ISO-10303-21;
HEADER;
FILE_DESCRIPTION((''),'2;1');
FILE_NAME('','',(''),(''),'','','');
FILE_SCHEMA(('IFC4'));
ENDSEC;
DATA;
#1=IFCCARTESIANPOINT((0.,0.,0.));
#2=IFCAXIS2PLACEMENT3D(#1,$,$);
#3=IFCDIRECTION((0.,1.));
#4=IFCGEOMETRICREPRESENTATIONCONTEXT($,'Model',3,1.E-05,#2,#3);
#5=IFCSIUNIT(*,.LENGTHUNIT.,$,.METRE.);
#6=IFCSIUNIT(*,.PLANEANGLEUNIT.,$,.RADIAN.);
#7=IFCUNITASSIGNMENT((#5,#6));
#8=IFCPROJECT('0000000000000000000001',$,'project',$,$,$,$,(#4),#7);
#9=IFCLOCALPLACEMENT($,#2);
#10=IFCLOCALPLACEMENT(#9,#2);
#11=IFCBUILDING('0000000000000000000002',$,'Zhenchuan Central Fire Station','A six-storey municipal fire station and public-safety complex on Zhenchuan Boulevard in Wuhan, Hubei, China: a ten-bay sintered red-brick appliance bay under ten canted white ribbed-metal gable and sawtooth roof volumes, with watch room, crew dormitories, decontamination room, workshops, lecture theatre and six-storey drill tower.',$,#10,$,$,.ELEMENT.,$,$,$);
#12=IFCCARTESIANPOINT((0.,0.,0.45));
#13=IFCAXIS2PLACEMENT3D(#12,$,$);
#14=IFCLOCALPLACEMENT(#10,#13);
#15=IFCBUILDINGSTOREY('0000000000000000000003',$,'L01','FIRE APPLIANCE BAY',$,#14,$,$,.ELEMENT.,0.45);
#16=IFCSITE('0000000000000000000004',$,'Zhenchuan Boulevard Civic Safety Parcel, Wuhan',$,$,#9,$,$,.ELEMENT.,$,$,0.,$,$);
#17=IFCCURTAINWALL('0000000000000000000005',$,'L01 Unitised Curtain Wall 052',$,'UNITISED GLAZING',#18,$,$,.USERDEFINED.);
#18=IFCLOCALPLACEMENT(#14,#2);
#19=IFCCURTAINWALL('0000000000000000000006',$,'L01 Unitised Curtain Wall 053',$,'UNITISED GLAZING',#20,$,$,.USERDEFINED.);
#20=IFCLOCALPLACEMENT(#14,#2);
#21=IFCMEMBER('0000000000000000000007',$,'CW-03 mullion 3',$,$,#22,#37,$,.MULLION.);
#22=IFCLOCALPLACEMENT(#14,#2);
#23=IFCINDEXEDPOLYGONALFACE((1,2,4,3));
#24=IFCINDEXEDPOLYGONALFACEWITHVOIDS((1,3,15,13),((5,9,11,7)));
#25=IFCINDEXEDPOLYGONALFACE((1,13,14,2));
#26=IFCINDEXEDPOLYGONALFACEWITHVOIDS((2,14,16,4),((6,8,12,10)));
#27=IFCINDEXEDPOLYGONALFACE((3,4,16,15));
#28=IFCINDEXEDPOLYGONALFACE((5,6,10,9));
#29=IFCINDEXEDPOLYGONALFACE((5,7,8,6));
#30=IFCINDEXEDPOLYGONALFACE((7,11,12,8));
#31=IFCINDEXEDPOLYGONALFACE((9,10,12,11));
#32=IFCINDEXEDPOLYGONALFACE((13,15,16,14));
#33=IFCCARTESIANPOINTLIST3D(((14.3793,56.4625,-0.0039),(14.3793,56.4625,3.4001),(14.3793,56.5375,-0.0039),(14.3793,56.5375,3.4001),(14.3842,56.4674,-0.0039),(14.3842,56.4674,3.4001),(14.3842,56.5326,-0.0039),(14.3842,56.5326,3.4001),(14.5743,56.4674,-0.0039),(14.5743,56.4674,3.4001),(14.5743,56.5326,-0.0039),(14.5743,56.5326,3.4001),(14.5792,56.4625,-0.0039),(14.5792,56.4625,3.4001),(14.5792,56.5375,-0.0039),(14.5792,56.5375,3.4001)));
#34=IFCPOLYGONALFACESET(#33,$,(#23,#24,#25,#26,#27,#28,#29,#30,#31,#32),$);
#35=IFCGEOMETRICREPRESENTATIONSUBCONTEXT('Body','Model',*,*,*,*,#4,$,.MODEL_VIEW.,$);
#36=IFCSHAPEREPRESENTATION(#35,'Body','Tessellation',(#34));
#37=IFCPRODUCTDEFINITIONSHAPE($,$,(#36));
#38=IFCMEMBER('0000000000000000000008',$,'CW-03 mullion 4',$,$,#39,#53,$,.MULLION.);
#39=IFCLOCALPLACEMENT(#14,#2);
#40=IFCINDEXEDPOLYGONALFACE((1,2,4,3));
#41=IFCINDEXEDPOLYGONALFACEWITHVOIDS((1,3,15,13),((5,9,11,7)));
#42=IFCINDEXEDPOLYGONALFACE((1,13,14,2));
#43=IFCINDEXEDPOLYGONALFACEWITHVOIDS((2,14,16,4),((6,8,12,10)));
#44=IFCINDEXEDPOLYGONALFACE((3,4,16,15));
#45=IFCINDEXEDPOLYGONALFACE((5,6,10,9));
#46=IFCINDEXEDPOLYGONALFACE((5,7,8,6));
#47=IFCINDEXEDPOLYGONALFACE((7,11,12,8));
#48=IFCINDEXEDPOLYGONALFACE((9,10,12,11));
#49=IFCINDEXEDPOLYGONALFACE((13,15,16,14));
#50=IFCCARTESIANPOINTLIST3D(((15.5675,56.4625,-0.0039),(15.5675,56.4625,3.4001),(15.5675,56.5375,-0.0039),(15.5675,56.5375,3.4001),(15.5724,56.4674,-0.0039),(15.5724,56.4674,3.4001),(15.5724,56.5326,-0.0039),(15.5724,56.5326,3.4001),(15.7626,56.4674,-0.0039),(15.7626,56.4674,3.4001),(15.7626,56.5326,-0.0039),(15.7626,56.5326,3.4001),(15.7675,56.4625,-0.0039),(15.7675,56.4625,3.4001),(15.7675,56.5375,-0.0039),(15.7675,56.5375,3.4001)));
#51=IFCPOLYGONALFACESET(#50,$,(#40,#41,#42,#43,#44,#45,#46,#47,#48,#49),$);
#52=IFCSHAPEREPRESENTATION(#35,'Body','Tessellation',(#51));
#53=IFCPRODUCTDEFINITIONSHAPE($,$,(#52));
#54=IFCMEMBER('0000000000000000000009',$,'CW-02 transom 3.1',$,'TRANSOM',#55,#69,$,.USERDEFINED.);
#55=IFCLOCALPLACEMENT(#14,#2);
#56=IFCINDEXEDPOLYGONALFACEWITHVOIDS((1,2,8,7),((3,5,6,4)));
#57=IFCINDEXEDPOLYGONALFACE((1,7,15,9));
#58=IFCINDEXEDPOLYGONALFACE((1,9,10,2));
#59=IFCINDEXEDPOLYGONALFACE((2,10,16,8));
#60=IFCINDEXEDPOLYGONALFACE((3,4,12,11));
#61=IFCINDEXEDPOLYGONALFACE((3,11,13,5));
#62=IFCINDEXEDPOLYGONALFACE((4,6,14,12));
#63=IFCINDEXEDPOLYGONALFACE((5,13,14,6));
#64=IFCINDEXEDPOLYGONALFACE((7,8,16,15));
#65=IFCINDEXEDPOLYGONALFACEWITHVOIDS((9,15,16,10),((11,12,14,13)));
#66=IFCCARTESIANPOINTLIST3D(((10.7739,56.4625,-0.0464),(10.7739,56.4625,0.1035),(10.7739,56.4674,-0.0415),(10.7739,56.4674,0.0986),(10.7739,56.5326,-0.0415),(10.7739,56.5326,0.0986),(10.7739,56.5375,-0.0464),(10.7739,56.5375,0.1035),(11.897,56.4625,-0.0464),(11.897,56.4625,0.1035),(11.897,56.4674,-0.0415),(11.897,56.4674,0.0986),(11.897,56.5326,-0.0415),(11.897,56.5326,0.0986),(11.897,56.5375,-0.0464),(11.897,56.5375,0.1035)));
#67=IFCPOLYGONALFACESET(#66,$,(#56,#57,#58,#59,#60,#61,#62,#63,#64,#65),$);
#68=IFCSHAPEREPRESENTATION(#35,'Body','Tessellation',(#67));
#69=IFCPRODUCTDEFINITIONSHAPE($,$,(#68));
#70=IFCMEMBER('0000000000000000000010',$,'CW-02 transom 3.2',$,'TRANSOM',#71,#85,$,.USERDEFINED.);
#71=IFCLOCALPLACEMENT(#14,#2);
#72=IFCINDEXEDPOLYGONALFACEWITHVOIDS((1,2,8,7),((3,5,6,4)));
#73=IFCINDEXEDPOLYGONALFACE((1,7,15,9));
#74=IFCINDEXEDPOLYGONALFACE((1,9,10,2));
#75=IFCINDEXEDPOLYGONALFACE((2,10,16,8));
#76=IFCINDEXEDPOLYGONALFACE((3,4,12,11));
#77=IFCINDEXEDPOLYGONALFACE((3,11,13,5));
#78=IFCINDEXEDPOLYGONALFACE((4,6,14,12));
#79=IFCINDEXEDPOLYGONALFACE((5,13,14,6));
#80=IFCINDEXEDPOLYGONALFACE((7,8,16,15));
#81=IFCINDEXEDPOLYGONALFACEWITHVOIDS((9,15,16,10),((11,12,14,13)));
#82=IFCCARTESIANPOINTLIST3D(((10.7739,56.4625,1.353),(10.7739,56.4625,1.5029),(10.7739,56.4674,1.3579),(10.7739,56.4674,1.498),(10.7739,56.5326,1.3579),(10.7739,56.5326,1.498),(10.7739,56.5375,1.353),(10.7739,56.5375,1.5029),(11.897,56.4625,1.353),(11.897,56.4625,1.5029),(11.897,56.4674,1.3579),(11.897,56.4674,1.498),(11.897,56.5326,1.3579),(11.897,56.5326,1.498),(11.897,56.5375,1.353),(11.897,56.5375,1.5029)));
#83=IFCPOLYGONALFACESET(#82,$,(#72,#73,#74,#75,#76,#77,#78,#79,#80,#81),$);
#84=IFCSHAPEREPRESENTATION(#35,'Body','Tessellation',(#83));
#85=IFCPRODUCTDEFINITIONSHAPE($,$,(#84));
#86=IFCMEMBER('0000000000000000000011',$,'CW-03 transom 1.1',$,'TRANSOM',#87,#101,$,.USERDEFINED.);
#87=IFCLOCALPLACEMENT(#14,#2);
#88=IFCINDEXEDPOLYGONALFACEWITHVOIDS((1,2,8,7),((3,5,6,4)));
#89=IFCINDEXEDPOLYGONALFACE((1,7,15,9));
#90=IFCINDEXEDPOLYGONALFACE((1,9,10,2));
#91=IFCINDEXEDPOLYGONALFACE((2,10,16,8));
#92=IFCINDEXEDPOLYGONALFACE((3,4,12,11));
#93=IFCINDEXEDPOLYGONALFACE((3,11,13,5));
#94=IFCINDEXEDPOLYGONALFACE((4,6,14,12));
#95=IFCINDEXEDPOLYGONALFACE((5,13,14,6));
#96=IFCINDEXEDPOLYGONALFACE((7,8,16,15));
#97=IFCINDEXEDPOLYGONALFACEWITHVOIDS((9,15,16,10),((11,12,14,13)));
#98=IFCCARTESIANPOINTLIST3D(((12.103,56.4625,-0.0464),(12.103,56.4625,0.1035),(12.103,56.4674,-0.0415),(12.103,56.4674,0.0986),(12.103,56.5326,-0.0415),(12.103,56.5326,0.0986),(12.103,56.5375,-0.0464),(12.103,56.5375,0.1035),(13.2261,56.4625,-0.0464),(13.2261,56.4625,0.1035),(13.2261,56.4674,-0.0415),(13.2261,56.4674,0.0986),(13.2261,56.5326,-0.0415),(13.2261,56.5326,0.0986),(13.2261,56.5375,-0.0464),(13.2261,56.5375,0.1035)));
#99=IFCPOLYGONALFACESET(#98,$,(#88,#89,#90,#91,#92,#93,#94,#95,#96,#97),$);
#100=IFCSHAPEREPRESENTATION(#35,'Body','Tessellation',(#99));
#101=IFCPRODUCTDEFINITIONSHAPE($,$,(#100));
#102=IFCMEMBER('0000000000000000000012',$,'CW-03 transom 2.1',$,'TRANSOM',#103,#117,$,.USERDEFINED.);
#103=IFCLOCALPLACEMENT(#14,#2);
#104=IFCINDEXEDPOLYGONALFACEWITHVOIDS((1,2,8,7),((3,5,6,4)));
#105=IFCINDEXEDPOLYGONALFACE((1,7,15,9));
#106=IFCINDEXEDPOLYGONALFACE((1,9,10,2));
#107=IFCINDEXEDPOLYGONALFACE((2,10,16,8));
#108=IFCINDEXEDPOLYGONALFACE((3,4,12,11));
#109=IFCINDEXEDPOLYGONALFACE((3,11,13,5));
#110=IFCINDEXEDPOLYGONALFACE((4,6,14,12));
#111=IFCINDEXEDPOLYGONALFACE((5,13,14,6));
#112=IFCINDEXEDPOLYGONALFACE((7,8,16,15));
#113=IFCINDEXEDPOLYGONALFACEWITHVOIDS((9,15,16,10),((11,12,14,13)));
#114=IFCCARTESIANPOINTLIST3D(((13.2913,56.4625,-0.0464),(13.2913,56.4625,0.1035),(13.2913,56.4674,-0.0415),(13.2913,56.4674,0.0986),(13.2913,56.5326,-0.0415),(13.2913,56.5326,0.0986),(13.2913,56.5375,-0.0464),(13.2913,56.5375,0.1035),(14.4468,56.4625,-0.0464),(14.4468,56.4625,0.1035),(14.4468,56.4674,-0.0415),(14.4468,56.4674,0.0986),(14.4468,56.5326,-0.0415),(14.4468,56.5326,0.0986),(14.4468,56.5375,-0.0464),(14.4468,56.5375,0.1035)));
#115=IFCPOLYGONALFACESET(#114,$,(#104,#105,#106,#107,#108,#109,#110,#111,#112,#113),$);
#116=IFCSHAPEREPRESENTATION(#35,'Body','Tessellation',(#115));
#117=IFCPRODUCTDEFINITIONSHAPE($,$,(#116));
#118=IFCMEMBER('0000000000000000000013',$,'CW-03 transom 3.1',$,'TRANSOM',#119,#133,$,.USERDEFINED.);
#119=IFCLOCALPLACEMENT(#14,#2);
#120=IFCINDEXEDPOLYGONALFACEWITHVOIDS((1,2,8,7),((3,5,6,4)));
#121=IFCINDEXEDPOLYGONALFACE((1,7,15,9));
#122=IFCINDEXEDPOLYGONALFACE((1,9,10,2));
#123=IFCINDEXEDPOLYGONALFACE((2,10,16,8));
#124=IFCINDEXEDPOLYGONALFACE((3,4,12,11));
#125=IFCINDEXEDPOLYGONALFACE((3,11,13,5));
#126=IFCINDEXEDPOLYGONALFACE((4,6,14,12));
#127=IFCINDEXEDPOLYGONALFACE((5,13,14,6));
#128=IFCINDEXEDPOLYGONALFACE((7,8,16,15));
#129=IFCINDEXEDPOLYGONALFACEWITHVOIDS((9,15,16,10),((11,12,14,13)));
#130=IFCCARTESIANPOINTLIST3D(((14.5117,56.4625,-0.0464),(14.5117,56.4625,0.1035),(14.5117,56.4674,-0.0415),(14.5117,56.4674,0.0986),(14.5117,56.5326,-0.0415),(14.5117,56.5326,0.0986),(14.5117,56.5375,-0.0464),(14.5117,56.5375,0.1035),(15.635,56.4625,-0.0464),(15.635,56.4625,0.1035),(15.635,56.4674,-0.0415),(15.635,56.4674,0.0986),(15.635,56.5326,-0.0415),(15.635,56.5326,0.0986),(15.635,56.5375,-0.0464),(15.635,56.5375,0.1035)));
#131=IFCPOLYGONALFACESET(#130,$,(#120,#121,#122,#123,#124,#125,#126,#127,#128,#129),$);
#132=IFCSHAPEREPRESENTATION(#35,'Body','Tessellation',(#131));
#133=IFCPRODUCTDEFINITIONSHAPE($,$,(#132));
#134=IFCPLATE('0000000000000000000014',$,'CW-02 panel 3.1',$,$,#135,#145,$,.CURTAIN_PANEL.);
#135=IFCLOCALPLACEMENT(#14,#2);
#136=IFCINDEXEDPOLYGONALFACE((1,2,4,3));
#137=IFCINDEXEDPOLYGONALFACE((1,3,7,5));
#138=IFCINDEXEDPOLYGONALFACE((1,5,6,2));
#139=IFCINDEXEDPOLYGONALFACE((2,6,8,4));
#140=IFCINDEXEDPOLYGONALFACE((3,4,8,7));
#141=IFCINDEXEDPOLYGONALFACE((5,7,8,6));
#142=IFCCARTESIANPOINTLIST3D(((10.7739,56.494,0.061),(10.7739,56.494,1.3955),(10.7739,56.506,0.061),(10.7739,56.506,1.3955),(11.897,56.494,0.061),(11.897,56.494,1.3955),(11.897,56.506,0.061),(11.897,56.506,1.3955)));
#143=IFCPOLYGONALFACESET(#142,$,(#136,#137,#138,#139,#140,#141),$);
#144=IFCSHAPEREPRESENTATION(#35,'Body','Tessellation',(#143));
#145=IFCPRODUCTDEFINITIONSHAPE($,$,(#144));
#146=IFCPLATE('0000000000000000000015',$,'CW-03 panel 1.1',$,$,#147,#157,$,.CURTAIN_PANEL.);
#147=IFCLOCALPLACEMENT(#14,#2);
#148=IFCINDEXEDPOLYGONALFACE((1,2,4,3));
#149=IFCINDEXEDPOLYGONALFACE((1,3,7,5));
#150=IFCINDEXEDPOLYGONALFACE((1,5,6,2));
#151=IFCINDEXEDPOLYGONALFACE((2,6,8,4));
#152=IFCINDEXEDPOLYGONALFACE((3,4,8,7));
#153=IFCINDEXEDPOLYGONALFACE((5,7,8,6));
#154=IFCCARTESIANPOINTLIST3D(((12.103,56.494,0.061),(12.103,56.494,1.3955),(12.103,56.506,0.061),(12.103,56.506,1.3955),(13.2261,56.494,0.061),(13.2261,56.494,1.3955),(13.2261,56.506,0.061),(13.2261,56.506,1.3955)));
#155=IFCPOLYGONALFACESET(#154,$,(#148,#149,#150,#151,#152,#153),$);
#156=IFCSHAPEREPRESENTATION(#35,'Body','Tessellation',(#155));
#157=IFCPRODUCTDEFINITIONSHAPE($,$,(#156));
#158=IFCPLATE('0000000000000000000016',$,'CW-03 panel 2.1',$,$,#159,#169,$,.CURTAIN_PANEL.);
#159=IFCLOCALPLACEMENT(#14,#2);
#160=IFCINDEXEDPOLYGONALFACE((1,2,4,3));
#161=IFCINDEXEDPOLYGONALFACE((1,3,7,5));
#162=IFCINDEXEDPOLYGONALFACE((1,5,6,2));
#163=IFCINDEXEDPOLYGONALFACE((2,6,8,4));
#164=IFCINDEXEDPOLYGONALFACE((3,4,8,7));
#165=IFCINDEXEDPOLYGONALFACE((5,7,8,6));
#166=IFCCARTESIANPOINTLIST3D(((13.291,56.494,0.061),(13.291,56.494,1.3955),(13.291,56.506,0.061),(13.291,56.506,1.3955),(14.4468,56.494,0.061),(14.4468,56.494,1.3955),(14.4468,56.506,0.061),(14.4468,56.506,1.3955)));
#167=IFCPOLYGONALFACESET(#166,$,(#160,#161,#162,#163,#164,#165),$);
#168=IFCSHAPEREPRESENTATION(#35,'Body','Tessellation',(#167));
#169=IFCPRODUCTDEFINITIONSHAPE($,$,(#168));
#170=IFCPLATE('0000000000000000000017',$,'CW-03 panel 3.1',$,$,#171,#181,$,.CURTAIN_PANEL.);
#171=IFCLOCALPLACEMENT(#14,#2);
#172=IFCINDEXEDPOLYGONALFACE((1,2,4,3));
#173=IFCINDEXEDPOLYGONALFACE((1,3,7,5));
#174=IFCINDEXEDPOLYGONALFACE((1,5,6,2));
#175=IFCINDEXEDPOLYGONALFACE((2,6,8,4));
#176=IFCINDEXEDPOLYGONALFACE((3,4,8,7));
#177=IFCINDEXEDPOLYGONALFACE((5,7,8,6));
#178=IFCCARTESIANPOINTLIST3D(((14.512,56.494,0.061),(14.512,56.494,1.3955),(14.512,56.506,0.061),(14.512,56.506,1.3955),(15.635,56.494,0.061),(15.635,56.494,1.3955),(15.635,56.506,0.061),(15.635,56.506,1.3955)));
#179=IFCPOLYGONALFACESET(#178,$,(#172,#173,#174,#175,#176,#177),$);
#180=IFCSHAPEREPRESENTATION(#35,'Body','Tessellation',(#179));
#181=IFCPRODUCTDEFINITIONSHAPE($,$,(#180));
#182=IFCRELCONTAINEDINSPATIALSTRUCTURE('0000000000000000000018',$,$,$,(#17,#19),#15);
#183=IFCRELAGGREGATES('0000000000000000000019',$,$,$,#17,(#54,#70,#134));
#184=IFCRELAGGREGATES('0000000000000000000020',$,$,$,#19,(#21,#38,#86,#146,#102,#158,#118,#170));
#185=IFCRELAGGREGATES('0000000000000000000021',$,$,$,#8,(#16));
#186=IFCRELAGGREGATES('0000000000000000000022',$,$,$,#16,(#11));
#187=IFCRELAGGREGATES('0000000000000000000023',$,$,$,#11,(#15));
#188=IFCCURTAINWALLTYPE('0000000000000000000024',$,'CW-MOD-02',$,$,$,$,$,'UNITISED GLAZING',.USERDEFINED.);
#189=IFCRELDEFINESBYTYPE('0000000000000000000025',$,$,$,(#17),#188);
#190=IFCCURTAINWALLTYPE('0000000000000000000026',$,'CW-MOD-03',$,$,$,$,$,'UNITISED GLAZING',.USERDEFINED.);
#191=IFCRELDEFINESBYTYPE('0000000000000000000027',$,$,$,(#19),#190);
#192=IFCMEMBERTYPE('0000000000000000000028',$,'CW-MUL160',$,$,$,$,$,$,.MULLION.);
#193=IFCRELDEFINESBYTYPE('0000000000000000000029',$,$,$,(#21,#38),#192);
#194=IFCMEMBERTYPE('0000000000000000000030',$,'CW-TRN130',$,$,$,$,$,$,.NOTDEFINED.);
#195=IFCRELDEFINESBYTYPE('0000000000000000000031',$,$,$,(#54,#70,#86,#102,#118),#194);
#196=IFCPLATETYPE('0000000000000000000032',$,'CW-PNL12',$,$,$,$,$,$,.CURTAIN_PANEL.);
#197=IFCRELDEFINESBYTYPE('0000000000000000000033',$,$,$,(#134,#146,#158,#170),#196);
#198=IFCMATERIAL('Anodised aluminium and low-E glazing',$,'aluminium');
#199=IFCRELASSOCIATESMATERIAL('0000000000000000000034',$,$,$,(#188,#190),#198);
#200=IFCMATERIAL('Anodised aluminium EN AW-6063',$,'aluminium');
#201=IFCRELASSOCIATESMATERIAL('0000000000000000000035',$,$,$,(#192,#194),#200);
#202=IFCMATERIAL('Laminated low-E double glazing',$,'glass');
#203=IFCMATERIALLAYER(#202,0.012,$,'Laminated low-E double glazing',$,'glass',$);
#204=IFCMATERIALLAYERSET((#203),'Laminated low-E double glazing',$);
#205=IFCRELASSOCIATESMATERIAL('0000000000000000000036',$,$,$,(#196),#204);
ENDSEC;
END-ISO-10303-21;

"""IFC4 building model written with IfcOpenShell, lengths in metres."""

from ifc_helpers import new_model, si_unit, direction, frame, origin, origin_2d, place, context, subcontext, project, spatial, rectangle, hollow_rectangle, extrude, material, layer, layer_set, material_profile, profile_set, type_object, element, aggregate, save


model = new_model("IFC4")

# Units and contexts
model_context = context("Model", 3, precision=1e-05, world=origin(), true_north=direction((0.0, 1.0)))
body_context = subcontext(model_context, "Body", "Model", "MODEL_VIEW")
ifc_project = project(units=[si_unit("LENGTHUNIT", "METRE"), si_unit("PLANEANGLEUNIT", "RADIAN")], contexts=[model_context])

# Site, building, storey
site_placement = place(None, origin())
site = spatial("IfcSite", under=ifc_project, at=site_placement, Name="Zhenchuan Boulevard Civic Safety Parcel, Wuhan", CompositionType="ELEMENT", RefElevation=0.0)
building_placement = place(site_placement, origin())
building = spatial("IfcBuilding", under=site, at=building_placement, Name="Zhenchuan Central Fire Station", Description="A six-storey municipal fire station and public-safety complex on Zhenchuan Boulevard in Wuhan, Hubei, China: a ten-bay sintered red-brick appliance bay under ten canted white ribbed-metal gable and sawtooth roof volumes, with watch room, crew dormitories, decontamination room, workshops, lecture theatre and six-storey drill tower.", CompositionType="ELEMENT")
storey_placement = place(building_placement, frame((0.0, 0.0, 0.45)))
storey = spatial("IfcBuildingStorey", under=building, at=storey_placement, Name="L01", Description="FIRE APPLIANCE BAY", CompositionType="ELEMENT", Elevation=0.45)

# Curtain walls, members
ifc_material_1 = material(Name="Anodised aluminium and low-E glazing", Category="aluminium")
curtain_wall_type_1 = type_object("IfcCurtainWallType", Name="CW-MOD-02", ElementType="UNITISED GLAZING", PredefinedType="USERDEFINED", material=ifc_material_1)
curtain_wall_1_placement = place(storey_placement, origin())
curtain_wall_1 = element("IfcCurtainWall", 1, at=curtain_wall_1_placement, inside=storey, type_object=curtain_wall_type_1, Name="L01 Unitised Curtain Wall 052", ObjectType="UNITISED GLAZING", PredefinedType="USERDEFINED")
ifc_material_2 = material(Name="Anodised aluminium EN AW-6063", Category="aluminium")
ifc_material_profile_1 = material_profile(ifc_material_2, hollow_rectangle(XDim=0.075, YDim=0.2, WallThickness=0.0049, at=origin_2d()), Name="ALU-M 200x75")
ifc_profile_set_1 = profile_set([ifc_material_profile_1], Name="Anodised aluminium EN AW-6063")
member_type_1 = type_object("IfcMemberType", Name="CW-MUL160", PredefinedType="MULLION", material=ifc_profile_set_1)
curtain_wall_type_2 = type_object("IfcCurtainWallType", Name="CW-MOD-03", ElementType="UNITISED GLAZING", PredefinedType="USERDEFINED", material=ifc_material_1)
curtain_wall_2_placement = place(storey_placement, origin())
curtain_wall_2 = element("IfcCurtainWall", 2, at=curtain_wall_2_placement, inside=storey, type_object=curtain_wall_type_2, Name="L01 Unitised Curtain Wall 053", ObjectType="UNITISED GLAZING", PredefinedType="USERDEFINED")
member_1_placement = place(storey_placement, frame((14.4792, 56.5, -0.0039), z_axis=(0.0, 0.0, 1.0), x_axis=(0.0, 1.0, 0.0)))
member_1 = element("IfcMember", 3, at=member_1_placement, type_object=member_type_1, Name="CW-03 mullion 3", PredefinedType="MULLION", context=body_context, shape_type="SweptSolid", body=[
    extrude(hollow_rectangle(XDim=0.075, YDim=0.2, WallThickness=0.0049, at=origin_2d()), origin(), (0.0, 0.0, 1.0), 3.4041),
])
member_2_placement = place(storey_placement, frame((15.6675, 56.5, -0.0039), z_axis=(0.0, 0.0, 1.0), x_axis=(0.0, 1.0, 0.0)))
member_2 = element("IfcMember", 4, at=member_2_placement, type_object=member_type_1, Name="CW-03 mullion 4", PredefinedType="MULLION", context=body_context, shape_type="SweptSolid", body=[
    extrude(hollow_rectangle(XDim=0.075, YDim=0.2, WallThickness=0.0049, at=origin_2d()), origin(), (0.0, 0.0, 1.0), 3.4041),
])

# Members
ifc_material_profile_2 = material_profile(ifc_material_2, hollow_rectangle(XDim=0.075, YDim=0.1499, WallThickness=0.0049, at=origin_2d()), Name="ALU-T 150x75")
ifc_profile_set_2 = profile_set([ifc_material_profile_2], Name="Anodised aluminium EN AW-6063")
member_type_2 = type_object("IfcMemberType", Name="CW-TRN130", PredefinedType="NOTDEFINED", material=ifc_profile_set_2)
member_3_placement = place(storey_placement, frame((10.7739, 56.5, 0.0286), z_axis=(1.0, 0.0, 0.0), x_axis=(0.0, 1.0, 0.0)))
member_3 = element("IfcMember", 5, at=member_3_placement, type_object=member_type_2, Name="CW-02 transom 3.1", ObjectType="TRANSOM", PredefinedType="USERDEFINED", context=body_context, shape_type="SweptSolid", body=[
    extrude(hollow_rectangle(XDim=0.075, YDim=0.1499, WallThickness=0.0049, at=origin_2d()), origin(), (0.0, 0.0, 1.0), 1.123),
])
member_4_placement = place(storey_placement, frame((10.7739, 56.5, 1.428), z_axis=(1.0, 0.0, 0.0), x_axis=(0.0, 1.0, 0.0)))
member_4 = element("IfcMember", 6, at=member_4_placement, type_object=member_type_2, Name="CW-02 transom 3.2", ObjectType="TRANSOM", PredefinedType="USERDEFINED", context=body_context, shape_type="SweptSolid", body=[
    extrude(hollow_rectangle(XDim=0.075, YDim=0.1499, WallThickness=0.0049, at=origin_2d()), origin(), (0.0, 0.0, 1.0), 1.123),
])
member_5_placement = place(storey_placement, frame((12.103, 56.5, 0.0286), z_axis=(1.0, 0.0, 0.0), x_axis=(0.0, 1.0, 0.0)))
member_5 = element("IfcMember", 7, at=member_5_placement, type_object=member_type_2, Name="CW-03 transom 1.1", ObjectType="TRANSOM", PredefinedType="USERDEFINED", context=body_context, shape_type="SweptSolid", body=[
    extrude(hollow_rectangle(XDim=0.075, YDim=0.1499, WallThickness=0.0049, at=origin_2d()), origin(), (0.0, 0.0, 1.0), 1.123),
])
member_6_placement = place(storey_placement, frame((13.2913, 56.5, 0.0286), z_axis=(1.0, 0.0, 0.0), x_axis=(0.0, 1.0, 0.0)))
member_6 = element("IfcMember", 8, at=member_6_placement, type_object=member_type_2, Name="CW-03 transom 2.1", ObjectType="TRANSOM", PredefinedType="USERDEFINED", context=body_context, shape_type="SweptSolid", body=[
    extrude(hollow_rectangle(XDim=0.075, YDim=0.1499, WallThickness=0.0049, at=origin_2d()), origin(), (0.0, 0.0, 1.0), 1.1555),
])
member_7_placement = place(storey_placement, frame((14.5117, 56.5, 0.0286), z_axis=(1.0, 0.0, 0.0), x_axis=(0.0, 1.0, 0.0)))
member_7 = element("IfcMember", 9, at=member_7_placement, type_object=member_type_2, Name="CW-03 transom 3.1", ObjectType="TRANSOM", PredefinedType="USERDEFINED", context=body_context, shape_type="SweptSolid", body=[
    extrude(hollow_rectangle(XDim=0.075, YDim=0.1499, WallThickness=0.0049, at=origin_2d()), origin(), (0.0, 0.0, 1.0), 1.1233),
])

# Plates
ifc_material_3 = material(Name="Laminated low-E double glazing", Category="glass")
ifc_layer_1 = layer(ifc_material_3, 0.012, Name="Laminated low-E double glazing", Category="glass")
ifc_layer_set_1 = layer_set([ifc_layer_1], Name="Laminated low-E double glazing")
plate_type = type_object("IfcPlateType", Name="CW-PNL12", PredefinedType="CURTAIN_PANEL", material=ifc_layer_set_1)
plate_1_placement = place(storey_placement, frame((11.3354, 56.5, 0.061), z_axis=(0.0, 0.0, 1.0), x_axis=(1.0, 0.0, 0.0)))
plate_1 = element("IfcPlate", 10, at=plate_1_placement, type_object=plate_type, Name="CW-02 panel 3.1", PredefinedType="CURTAIN_PANEL", context=body_context, shape_type="SweptSolid", body=[
    extrude(rectangle(XDim=1.123, YDim=0.012, at=origin_2d()), origin(), (0.0, 0.0, 1.0), 1.3345),
])
aggregate(curtain_wall_1, [member_3, member_4, plate_1])
plate_2_placement = place(storey_placement, frame((12.6646, 56.5, 0.061), z_axis=(0.0, 0.0, 1.0), x_axis=(1.0, 0.0, 0.0)))
plate_2 = element("IfcPlate", 11, at=plate_2_placement, type_object=plate_type, Name="CW-03 panel 1.1", PredefinedType="CURTAIN_PANEL", context=body_context, shape_type="SweptSolid", body=[
    extrude(rectangle(XDim=1.123, YDim=0.012, at=origin_2d()), origin(), (0.0, 0.0, 1.0), 1.3345),
])
plate_3_placement = place(storey_placement, frame((13.8689, 56.5, 0.061), z_axis=(0.0, 0.0, 1.0), x_axis=(1.0, 0.0, 0.0)))
plate_3 = element("IfcPlate", 12, at=plate_3_placement, type_object=plate_type, Name="CW-03 panel 2.1", PredefinedType="CURTAIN_PANEL", context=body_context, shape_type="SweptSolid", body=[
    extrude(rectangle(XDim=1.1558, YDim=0.012, at=origin_2d()), origin(), (0.0, 0.0, 1.0), 1.3345),
])
plate_4_placement = place(storey_placement, frame((15.0735, 56.5, 0.061), z_axis=(0.0, 0.0, 1.0), x_axis=(1.0, 0.0, 0.0)))
plate_4 = element("IfcPlate", 13, at=plate_4_placement, type_object=plate_type, Name="CW-03 panel 3.1", PredefinedType="CURTAIN_PANEL", context=body_context, shape_type="SweptSolid", body=[
    extrude(rectangle(XDim=1.123, YDim=0.012, at=origin_2d()), origin(), (0.0, 0.0, 1.0), 1.3345),
])
aggregate(curtain_wall_2, [member_1, member_2, member_5, plate_2, member_6, plate_3, member_7, plate_4])

save(model, "model.ifc")
